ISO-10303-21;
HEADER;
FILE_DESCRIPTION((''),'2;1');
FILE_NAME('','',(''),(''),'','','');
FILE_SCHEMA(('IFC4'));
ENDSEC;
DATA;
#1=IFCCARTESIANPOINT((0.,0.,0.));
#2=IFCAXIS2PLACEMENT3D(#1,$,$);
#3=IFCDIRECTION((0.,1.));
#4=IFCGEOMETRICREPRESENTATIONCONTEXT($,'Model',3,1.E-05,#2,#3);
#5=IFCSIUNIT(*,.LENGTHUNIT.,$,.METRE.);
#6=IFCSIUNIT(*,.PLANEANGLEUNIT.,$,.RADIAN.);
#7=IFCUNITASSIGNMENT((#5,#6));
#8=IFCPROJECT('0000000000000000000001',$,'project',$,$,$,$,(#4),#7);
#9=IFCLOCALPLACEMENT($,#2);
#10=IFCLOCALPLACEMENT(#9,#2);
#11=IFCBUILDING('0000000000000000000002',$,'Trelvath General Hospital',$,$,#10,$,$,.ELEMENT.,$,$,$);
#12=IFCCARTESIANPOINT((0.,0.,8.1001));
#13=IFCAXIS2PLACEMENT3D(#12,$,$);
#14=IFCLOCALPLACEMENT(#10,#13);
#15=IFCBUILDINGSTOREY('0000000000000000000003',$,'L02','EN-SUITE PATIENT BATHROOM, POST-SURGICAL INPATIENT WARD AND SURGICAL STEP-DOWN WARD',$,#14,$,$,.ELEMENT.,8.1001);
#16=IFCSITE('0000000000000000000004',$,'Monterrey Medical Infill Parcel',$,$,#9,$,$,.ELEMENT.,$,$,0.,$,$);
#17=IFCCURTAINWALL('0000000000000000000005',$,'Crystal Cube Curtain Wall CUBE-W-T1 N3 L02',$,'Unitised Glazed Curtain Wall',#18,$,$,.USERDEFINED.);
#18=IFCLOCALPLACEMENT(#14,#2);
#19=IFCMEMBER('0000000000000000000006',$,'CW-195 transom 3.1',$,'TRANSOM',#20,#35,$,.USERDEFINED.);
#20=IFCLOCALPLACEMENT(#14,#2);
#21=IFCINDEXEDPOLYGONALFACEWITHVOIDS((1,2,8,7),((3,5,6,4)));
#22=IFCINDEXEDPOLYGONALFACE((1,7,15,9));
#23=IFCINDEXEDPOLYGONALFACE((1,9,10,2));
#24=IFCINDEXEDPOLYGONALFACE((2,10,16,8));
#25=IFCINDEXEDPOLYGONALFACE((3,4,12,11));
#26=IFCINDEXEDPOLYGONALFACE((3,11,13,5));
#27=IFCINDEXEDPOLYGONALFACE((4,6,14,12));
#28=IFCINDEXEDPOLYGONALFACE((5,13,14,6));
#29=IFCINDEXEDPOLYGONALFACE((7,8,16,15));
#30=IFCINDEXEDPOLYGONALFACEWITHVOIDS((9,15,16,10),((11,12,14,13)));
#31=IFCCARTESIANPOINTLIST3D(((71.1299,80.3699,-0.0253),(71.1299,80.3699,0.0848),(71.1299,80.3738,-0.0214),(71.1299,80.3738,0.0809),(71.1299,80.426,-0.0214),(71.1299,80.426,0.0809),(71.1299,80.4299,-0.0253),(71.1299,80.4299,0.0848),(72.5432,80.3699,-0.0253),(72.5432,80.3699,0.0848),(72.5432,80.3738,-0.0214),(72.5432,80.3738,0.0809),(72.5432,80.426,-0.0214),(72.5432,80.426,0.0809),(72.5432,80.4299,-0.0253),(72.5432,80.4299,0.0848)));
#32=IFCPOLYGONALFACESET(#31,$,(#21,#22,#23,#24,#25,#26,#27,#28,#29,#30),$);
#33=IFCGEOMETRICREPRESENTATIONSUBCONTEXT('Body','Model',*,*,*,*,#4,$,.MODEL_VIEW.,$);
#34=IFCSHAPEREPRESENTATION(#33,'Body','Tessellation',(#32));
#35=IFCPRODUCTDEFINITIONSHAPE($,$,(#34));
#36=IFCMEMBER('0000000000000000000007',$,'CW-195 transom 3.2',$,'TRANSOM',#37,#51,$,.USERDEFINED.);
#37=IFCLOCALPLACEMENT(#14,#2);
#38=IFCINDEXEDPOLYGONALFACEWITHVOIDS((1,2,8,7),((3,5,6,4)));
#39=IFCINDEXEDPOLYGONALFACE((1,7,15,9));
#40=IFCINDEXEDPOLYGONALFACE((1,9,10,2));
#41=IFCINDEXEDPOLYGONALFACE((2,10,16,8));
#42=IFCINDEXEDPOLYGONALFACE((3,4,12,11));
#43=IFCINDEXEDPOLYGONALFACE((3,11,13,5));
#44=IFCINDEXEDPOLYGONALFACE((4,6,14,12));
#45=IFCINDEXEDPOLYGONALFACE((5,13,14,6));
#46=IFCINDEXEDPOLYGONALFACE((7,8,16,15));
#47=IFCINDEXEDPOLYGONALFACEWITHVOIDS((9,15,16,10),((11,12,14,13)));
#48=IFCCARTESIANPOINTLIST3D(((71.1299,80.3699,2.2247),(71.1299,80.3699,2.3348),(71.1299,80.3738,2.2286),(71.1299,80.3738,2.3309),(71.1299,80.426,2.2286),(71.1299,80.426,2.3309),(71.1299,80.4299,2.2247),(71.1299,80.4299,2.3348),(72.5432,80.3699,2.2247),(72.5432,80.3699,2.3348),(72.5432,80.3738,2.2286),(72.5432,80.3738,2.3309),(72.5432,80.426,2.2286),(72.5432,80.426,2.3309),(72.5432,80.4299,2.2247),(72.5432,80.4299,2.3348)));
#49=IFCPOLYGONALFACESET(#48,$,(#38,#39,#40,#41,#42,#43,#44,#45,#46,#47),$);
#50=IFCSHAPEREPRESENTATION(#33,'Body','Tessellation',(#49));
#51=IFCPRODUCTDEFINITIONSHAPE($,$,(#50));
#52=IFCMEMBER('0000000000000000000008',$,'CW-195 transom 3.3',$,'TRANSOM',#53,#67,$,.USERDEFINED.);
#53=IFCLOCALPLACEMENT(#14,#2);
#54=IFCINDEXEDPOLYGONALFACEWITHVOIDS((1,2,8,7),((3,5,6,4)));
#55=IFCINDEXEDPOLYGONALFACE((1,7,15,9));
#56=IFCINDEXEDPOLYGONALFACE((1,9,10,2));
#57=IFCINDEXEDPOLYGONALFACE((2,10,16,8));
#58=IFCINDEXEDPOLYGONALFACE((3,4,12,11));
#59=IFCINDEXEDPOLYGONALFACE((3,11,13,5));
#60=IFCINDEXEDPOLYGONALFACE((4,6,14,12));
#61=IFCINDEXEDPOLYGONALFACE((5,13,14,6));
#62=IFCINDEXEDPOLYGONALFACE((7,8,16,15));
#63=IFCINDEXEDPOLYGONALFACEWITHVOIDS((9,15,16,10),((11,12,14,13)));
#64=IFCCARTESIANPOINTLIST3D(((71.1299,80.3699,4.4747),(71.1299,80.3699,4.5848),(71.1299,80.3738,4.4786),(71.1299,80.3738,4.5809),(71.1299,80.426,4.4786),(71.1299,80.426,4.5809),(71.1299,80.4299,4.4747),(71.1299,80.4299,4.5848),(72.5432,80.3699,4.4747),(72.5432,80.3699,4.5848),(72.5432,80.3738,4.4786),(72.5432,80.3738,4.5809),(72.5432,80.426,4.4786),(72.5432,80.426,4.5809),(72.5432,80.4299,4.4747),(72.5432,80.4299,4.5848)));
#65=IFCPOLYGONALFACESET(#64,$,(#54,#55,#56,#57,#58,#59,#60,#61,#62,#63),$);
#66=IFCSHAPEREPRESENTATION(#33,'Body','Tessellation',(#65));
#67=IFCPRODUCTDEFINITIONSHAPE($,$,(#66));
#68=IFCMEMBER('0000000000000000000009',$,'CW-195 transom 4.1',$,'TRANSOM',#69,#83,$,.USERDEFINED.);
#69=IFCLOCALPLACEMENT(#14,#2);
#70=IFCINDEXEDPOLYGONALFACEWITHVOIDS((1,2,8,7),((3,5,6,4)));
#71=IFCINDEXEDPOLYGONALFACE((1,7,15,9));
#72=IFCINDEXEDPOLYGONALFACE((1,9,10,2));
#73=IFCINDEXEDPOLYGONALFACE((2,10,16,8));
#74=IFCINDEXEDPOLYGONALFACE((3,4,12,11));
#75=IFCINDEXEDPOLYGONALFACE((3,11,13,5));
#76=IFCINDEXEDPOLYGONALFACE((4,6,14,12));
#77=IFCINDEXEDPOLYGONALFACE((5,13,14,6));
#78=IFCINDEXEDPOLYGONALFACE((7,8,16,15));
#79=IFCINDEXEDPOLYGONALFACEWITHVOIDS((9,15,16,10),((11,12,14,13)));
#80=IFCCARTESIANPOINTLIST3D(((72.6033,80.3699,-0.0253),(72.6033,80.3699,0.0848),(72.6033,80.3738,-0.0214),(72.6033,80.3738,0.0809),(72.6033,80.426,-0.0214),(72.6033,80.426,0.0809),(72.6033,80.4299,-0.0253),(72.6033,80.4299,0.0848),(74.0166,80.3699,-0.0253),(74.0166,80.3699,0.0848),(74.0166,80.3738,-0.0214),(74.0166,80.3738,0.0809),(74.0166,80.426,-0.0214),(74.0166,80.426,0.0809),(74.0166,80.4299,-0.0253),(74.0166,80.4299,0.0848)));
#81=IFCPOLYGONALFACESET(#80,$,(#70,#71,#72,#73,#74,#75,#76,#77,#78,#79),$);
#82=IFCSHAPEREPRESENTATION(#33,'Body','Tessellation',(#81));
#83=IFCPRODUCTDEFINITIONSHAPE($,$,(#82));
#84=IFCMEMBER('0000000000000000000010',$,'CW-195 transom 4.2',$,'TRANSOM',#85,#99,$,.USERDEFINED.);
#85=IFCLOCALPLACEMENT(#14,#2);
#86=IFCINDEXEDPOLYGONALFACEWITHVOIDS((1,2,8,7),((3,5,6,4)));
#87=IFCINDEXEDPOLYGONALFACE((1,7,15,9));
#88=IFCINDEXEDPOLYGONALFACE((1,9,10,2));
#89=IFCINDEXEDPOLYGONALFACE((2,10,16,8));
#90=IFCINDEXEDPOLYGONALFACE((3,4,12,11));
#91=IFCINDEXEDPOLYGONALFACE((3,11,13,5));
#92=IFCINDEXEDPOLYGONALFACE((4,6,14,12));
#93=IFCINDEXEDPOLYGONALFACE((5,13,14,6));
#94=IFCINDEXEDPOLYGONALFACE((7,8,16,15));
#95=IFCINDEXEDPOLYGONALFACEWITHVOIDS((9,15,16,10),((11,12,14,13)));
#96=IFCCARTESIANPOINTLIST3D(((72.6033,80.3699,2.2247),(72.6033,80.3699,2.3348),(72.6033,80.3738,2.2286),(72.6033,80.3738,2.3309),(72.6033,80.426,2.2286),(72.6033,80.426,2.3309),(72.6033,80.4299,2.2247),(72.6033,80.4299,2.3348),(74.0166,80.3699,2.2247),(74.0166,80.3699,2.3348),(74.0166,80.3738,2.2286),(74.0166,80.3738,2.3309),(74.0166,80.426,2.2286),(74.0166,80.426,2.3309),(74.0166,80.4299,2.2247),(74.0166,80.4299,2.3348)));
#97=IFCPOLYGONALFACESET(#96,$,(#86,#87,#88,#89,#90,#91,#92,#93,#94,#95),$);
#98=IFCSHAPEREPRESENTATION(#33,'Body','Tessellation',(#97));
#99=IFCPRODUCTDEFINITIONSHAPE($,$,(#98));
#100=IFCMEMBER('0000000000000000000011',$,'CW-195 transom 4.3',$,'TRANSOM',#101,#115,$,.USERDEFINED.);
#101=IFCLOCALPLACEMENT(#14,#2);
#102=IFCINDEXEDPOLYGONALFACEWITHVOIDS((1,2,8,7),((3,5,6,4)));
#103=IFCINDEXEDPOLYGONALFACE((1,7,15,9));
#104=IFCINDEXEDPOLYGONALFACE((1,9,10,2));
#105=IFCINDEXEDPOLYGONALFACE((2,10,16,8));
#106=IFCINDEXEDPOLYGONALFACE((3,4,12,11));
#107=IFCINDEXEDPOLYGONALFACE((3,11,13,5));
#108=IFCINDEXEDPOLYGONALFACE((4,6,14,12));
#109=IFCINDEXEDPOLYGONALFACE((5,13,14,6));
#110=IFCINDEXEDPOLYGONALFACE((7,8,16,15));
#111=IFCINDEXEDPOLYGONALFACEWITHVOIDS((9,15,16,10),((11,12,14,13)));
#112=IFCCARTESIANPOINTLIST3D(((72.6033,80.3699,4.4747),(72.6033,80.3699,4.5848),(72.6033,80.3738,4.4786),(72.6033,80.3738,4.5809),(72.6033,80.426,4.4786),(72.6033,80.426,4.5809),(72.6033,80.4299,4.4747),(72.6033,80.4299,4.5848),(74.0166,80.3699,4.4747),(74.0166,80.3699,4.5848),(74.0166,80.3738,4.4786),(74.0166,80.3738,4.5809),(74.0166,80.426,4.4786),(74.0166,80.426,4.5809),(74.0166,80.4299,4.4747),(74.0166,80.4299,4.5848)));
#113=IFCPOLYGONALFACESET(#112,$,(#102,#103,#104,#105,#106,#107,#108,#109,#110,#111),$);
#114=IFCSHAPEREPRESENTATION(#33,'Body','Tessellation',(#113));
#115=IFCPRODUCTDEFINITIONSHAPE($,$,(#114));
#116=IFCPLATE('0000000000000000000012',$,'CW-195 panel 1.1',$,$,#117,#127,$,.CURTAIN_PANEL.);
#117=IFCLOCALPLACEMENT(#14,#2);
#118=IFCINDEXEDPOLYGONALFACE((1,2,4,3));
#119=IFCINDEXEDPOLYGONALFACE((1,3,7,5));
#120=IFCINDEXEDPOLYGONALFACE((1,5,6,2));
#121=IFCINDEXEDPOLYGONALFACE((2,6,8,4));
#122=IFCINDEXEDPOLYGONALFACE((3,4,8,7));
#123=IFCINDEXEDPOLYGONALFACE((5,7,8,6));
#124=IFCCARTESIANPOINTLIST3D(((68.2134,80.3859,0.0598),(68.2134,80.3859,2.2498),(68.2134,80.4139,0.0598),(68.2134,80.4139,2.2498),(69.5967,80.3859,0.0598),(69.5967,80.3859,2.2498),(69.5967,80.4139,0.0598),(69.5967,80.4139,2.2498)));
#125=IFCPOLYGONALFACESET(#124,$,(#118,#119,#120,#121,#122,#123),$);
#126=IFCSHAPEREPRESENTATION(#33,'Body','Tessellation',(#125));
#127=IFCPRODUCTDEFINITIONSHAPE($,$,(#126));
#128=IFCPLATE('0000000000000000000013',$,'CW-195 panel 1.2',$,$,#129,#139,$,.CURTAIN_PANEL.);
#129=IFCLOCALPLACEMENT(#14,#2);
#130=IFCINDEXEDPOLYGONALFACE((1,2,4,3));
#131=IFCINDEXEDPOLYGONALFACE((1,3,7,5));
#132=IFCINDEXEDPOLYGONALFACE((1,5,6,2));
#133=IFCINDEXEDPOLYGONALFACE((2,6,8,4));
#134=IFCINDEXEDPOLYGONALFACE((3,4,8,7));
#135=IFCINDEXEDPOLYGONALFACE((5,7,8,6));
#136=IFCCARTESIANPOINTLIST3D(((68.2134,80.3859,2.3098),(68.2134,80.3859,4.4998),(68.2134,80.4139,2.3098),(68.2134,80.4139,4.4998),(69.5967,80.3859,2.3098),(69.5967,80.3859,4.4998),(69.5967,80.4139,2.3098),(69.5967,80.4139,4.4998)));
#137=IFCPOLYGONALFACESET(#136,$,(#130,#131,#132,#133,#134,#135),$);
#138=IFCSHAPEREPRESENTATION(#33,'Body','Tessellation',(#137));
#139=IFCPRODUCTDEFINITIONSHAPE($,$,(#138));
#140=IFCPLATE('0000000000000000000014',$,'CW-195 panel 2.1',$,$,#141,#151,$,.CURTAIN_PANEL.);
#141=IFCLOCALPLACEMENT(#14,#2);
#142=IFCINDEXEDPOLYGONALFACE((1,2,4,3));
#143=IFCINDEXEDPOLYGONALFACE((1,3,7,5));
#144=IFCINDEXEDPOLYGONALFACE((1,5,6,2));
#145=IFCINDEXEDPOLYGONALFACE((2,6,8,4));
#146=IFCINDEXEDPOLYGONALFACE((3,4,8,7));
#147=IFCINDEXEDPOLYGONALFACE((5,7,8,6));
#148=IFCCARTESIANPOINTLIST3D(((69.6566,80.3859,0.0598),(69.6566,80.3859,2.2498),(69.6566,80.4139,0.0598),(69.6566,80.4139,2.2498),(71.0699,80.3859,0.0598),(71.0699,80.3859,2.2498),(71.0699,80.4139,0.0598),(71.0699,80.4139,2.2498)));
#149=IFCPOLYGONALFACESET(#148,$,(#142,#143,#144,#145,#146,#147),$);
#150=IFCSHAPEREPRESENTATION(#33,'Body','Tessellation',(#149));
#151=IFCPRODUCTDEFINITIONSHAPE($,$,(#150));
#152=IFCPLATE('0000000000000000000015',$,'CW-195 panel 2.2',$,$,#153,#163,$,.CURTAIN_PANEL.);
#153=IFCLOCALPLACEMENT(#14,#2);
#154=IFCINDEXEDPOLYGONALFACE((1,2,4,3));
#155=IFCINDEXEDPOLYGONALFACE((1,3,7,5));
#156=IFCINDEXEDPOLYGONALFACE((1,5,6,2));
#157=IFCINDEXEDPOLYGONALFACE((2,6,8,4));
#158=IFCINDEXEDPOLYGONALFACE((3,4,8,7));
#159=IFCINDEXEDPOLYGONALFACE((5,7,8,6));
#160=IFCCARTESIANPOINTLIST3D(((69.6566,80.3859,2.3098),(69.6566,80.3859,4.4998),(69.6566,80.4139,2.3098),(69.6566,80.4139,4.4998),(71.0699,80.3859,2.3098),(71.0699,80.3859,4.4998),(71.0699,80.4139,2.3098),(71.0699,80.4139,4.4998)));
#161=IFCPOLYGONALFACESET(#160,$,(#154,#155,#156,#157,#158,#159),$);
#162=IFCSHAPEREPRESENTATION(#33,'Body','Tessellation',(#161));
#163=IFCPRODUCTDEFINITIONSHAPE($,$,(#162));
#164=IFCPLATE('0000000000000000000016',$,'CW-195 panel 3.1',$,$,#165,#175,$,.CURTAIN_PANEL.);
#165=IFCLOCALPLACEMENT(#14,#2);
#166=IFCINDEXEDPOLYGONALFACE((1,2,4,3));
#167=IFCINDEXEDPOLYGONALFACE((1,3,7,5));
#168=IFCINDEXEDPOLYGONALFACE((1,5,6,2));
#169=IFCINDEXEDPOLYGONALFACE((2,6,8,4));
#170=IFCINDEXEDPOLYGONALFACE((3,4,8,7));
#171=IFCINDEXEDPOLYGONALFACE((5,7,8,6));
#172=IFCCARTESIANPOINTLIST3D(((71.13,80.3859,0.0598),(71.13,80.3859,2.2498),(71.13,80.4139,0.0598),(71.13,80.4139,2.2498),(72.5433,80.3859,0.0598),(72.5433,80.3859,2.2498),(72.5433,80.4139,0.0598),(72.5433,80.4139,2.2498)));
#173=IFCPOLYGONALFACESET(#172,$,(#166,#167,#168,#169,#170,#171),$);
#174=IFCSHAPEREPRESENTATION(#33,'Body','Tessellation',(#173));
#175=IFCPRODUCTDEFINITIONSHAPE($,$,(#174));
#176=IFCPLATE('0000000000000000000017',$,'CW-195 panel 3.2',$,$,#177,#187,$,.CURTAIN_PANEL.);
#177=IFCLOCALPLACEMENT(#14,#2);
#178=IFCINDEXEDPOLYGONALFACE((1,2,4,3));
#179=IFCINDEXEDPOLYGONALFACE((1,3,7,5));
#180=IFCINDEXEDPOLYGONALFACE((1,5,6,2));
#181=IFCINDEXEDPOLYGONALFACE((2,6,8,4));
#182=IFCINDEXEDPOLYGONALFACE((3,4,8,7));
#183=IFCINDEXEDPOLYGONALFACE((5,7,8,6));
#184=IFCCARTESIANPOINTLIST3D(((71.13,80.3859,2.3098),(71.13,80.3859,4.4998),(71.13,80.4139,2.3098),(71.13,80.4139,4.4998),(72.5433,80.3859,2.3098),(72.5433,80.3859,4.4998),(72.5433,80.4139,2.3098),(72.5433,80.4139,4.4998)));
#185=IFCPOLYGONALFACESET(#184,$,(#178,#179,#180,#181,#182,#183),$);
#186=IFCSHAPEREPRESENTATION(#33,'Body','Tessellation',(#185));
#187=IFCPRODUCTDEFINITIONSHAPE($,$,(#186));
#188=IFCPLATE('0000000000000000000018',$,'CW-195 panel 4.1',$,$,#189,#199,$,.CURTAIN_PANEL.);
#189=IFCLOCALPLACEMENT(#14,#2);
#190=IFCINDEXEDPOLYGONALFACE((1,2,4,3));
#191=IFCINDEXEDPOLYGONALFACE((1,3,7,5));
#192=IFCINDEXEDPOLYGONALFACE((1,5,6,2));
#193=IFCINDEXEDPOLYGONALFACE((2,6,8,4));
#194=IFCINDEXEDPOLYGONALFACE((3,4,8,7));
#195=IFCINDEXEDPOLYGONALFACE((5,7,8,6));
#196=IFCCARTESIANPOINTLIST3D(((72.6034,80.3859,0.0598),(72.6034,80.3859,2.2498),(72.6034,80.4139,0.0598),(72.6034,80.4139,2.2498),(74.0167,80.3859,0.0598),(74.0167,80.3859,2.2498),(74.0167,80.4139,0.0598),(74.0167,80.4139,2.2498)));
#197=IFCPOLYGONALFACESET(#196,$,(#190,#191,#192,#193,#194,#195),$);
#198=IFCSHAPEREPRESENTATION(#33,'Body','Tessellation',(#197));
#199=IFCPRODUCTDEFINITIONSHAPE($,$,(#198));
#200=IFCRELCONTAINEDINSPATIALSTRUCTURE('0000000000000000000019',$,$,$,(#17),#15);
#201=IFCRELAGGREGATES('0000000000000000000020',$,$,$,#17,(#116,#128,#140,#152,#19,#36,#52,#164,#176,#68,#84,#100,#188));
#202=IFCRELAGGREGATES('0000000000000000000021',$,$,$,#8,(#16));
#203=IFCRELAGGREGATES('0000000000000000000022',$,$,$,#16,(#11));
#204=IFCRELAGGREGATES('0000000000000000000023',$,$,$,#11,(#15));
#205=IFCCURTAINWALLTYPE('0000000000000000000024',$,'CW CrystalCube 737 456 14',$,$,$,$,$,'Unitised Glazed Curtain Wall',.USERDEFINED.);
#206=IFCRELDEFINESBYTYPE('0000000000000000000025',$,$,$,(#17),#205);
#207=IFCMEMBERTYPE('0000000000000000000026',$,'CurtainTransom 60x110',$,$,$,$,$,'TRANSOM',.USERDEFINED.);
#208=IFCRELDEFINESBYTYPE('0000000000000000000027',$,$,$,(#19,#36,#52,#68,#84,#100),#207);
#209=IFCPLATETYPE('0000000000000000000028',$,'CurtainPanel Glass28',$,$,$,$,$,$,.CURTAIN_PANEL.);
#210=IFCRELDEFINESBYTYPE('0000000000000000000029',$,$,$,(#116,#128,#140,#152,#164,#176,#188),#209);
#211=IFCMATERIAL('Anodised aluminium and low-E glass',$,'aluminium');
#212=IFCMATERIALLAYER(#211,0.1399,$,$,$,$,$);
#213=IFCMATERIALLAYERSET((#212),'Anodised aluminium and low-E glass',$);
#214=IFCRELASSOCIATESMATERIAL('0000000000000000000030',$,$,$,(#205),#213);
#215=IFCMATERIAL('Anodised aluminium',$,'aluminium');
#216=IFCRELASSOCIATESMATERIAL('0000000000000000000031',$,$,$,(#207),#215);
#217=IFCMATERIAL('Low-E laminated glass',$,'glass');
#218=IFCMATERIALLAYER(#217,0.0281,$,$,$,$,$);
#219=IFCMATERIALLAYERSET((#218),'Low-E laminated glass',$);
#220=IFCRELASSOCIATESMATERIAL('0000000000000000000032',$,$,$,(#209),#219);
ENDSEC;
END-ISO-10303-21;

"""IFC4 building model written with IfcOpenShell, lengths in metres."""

from ifc_helpers import new_model, si_unit, direction, frame, origin, origin_2d, place, context, subcontext, project, spatial, rectangle, hollow_rectangle, extrude, material, layer, layer_set, material_profile, profile_set, type_object, element, aggregate, save


model = new_model("IFC4")

# Units and contexts
model_context = context("Model", 3, precision=1e-05, world=origin(), true_north=direction((0.0, 1.0)))
body_context = subcontext(model_context, "Body", "Model", "MODEL_VIEW")
ifc_project = project(units=[si_unit("LENGTHUNIT", "METRE"), si_unit("PLANEANGLEUNIT", "RADIAN")], contexts=[model_context])

# Site, building, storey
site_placement = place(None, origin())
site = spatial("IfcSite", under=ifc_project, at=site_placement, Name="Monterrey Medical Infill Parcel", CompositionType="ELEMENT", RefElevation=0.0)
building_placement = place(site_placement, origin())
building = spatial("IfcBuilding", under=site, at=building_placement, Name="Trelvath General Hospital", CompositionType="ELEMENT")
storey_placement = place(building_placement, frame((0.0, 0.0, 8.1001)))
storey = spatial("IfcBuildingStorey", under=building, at=storey_placement, Name="L02", Description="EN-SUITE PATIENT BATHROOM, POST-SURGICAL INPATIENT WARD AND SURGICAL STEP-DOWN WARD", CompositionType="ELEMENT", Elevation=8.1001)

# Curtain wall, members, plates
ifc_material_1 = material(Name="Anodised aluminium and low-E glass", Category="aluminium")
ifc_layer_1 = layer(ifc_material_1, 0.1399)
ifc_layer_set_1 = layer_set([ifc_layer_1], Name="Anodised aluminium and low-E glass")
curtain_wall_type_1 = type_object("IfcCurtainWallType", Name="CW CrystalCube 737 456 14", ElementType="Unitised Glazed Curtain Wall", PredefinedType="USERDEFINED", material=ifc_layer_set_1)
curtain_wall_1_placement = place(storey_placement, origin())
curtain_wall_1 = element("IfcCurtainWall", 1, at=curtain_wall_1_placement, inside=storey, type_object=curtain_wall_type_1, Name="Crystal Cube Curtain Wall CUBE-W-T1 N3 L02", ObjectType="Unitised Glazed Curtain Wall", PredefinedType="USERDEFINED")
ifc_material_2 = material(Name="Anodised aluminium", Category="aluminium")
ifc_material_profile_1 = material_profile(ifc_material_2, hollow_rectangle(XDim=0.0601, YDim=0.1101, WallThickness=0.0039, at=origin_2d()), Name="RHS60x110x4")
ifc_profile_set_1 = profile_set([ifc_material_profile_1], Name="Anodised aluminium")
member_type_1 = type_object("IfcMemberType", Name="CurtainTransom 60x110", ElementType="TRANSOM", PredefinedType="USERDEFINED", material=ifc_profile_set_1)
member_1_placement = place(storey_placement, frame((71.1299, 80.3999, 0.0298), z_axis=(1.0, 0.0, 0.0), x_axis=(0.0, 1.0, 0.0)))
member_1 = element("IfcMember", 2, at=member_1_placement, type_object=member_type_1, Name="CW-195 transom 3.1", ObjectType="TRANSOM", PredefinedType="USERDEFINED", context=body_context, shape_type="SweptSolid", body=[
    extrude(hollow_rectangle(XDim=0.0601, YDim=0.1101, WallThickness=0.0039, at=origin_2d()), origin(), (0.0, 0.0, 1.0), 1.4133),
])
member_2_placement = place(storey_placement, frame((71.1299, 80.3999, 2.2798), z_axis=(1.0, 0.0, 0.0), x_axis=(0.0, 1.0, 0.0)))
member_2 = element("IfcMember", 3, at=member_2_placement, type_object=member_type_1, Name="CW-195 transom 3.2", ObjectType="TRANSOM", PredefinedType="USERDEFINED", context=body_context, shape_type="SweptSolid", body=[
    extrude(hollow_rectangle(XDim=0.0601, YDim=0.1101, WallThickness=0.0039, at=origin_2d()), origin(), (0.0, 0.0, 1.0), 1.4133),
])
member_3_placement = place(storey_placement, frame((71.1299, 80.3999, 4.5298), z_axis=(1.0, 0.0, 0.0), x_axis=(0.0, 1.0, 0.0)))
member_3 = element("IfcMember", 4, at=member_3_placement, type_object=member_type_1, Name="CW-195 transom 3.3", ObjectType="TRANSOM", PredefinedType="USERDEFINED", context=body_context, shape_type="SweptSolid", body=[
    extrude(hollow_rectangle(XDim=0.0601, YDim=0.1101, WallThickness=0.0039, at=origin_2d()), origin(), (0.0, 0.0, 1.0), 1.4133),
])
member_4_placement = place(storey_placement, frame((72.6033, 80.3999, 0.0298), z_axis=(1.0, 0.0, 0.0), x_axis=(0.0, 1.0, 0.0)))
member_4 = element("IfcMember", 5, at=member_4_placement, type_object=member_type_1, Name="CW-195 transom 4.1", ObjectType="TRANSOM", PredefinedType="USERDEFINED", context=body_context, shape_type="SweptSolid", body=[
    extrude(hollow_rectangle(XDim=0.0601, YDim=0.1101, WallThickness=0.0039, at=origin_2d()), origin(), (0.0, 0.0, 1.0), 1.4133),
])
member_5_placement = place(storey_placement, frame((72.6033, 80.3999, 2.2798), z_axis=(1.0, 0.0, 0.0), x_axis=(0.0, 1.0, 0.0)))
member_5 = element("IfcMember", 6, at=member_5_placement, type_object=member_type_1, Name="CW-195 transom 4.2", ObjectType="TRANSOM", PredefinedType="USERDEFINED", context=body_context, shape_type="SweptSolid", body=[
    extrude(hollow_rectangle(XDim=0.0601, YDim=0.1101, WallThickness=0.0039, at=origin_2d()), origin(), (0.0, 0.0, 1.0), 1.4133),
])
member_6_placement = place(storey_placement, frame((72.6033, 80.3999, 4.5298), z_axis=(1.0, 0.0, 0.0), x_axis=(0.0, 1.0, 0.0)))
member_6 = element("IfcMember", 7, at=member_6_placement, type_object=member_type_1, Name="CW-195 transom 4.3", ObjectType="TRANSOM", PredefinedType="USERDEFINED", context=body_context, shape_type="SweptSolid", body=[
    extrude(hollow_rectangle(XDim=0.0601, YDim=0.1101, WallThickness=0.0039, at=origin_2d()), origin(), (0.0, 0.0, 1.0), 1.4133),
])
ifc_material_3 = material(Name="Low-E laminated glass", Category="glass")
ifc_layer_2 = layer(ifc_material_3, 0.0281)
ifc_layer_set_2 = layer_set([ifc_layer_2], Name="Low-E laminated glass")
plate_type = type_object("IfcPlateType", Name="CurtainPanel Glass28", PredefinedType="CURTAIN_PANEL", material=ifc_layer_set_2)
plate_1_placement = place(storey_placement, frame((68.905, 80.3999, 0.0598), z_axis=(0.0, 0.0, 1.0), x_axis=(1.0, 0.0, 0.0)))
plate_1 = element("IfcPlate", 8, at=plate_1_placement, type_object=plate_type, Name="CW-195 panel 1.1", PredefinedType="CURTAIN_PANEL", context=body_context, shape_type="SweptSolid", body=[
    extrude(rectangle(XDim=1.3833, YDim=0.0281, at=origin_2d()), origin(), (0.0, 0.0, 1.0), 2.1899),
])
plate_2_placement = place(storey_placement, frame((68.905, 80.3999, 2.3098), z_axis=(0.0, 0.0, 1.0), x_axis=(1.0, 0.0, 0.0)))
plate_2 = element("IfcPlate", 9, at=plate_2_placement, type_object=plate_type, Name="CW-195 panel 1.2", PredefinedType="CURTAIN_PANEL", context=body_context, shape_type="SweptSolid", body=[
    extrude(rectangle(XDim=1.3833, YDim=0.0281, at=origin_2d()), origin(), (0.0, 0.0, 1.0), 2.1899),
])
plate_3_placement = place(storey_placement, frame((70.3633, 80.3999, 0.0598), z_axis=(0.0, 0.0, 1.0), x_axis=(1.0, 0.0, 0.0)))
plate_3 = element("IfcPlate", 10, at=plate_3_placement, type_object=plate_type, Name="CW-195 panel 2.1", PredefinedType="CURTAIN_PANEL", context=body_context, shape_type="SweptSolid", body=[
    extrude(rectangle(XDim=1.4133, YDim=0.0281, at=origin_2d()), origin(), (0.0, 0.0, 1.0), 2.1899),
])
plate_4_placement = place(storey_placement, frame((70.3633, 80.3999, 2.3098), z_axis=(0.0, 0.0, 1.0), x_axis=(1.0, 0.0, 0.0)))
plate_4 = element("IfcPlate", 11, at=plate_4_placement, type_object=plate_type, Name="CW-195 panel 2.2", PredefinedType="CURTAIN_PANEL", context=body_context, shape_type="SweptSolid", body=[
    extrude(rectangle(XDim=1.4133, YDim=0.0281, at=origin_2d()), origin(), (0.0, 0.0, 1.0), 2.1899),
])
plate_5_placement = place(storey_placement, frame((71.8367, 80.3999, 0.0598), z_axis=(0.0, 0.0, 1.0), x_axis=(1.0, 0.0, 0.0)))
plate_5 = element("IfcPlate", 12, at=plate_5_placement, type_object=plate_type, Name="CW-195 panel 3.1", PredefinedType="CURTAIN_PANEL", context=body_context, shape_type="SweptSolid", body=[
    extrude(rectangle(XDim=1.4133, YDim=0.0281, at=origin_2d()), origin(), (0.0, 0.0, 1.0), 2.1899),
])
plate_6_placement = place(storey_placement, frame((71.8367, 80.3999, 2.3098), z_axis=(0.0, 0.0, 1.0), x_axis=(1.0, 0.0, 0.0)))
plate_6 = element("IfcPlate", 13, at=plate_6_placement, type_object=plate_type, Name="CW-195 panel 3.2", PredefinedType="CURTAIN_PANEL", context=body_context, shape_type="SweptSolid", body=[
    extrude(rectangle(XDim=1.4133, YDim=0.0281, at=origin_2d()), origin(), (0.0, 0.0, 1.0), 2.1899),
])
plate_7_placement = place(storey_placement, frame((73.3101, 80.3999, 0.0598), z_axis=(0.0, 0.0, 1.0), x_axis=(1.0, 0.0, 0.0)))
plate_7 = element("IfcPlate", 14, at=plate_7_placement, type_object=plate_type, Name="CW-195 panel 4.1", PredefinedType="CURTAIN_PANEL", context=body_context, shape_type="SweptSolid", body=[
    extrude(rectangle(XDim=1.4133, YDim=0.0281, at=origin_2d()), origin(), (0.0, 0.0, 1.0), 2.1899),
])
aggregate(curtain_wall_1, [plate_1, plate_2, plate_3, plate_4, member_1, member_2, member_3, plate_5, plate_6, member_4, member_5, member_6, plate_7])

save(model, "model.ifc")
